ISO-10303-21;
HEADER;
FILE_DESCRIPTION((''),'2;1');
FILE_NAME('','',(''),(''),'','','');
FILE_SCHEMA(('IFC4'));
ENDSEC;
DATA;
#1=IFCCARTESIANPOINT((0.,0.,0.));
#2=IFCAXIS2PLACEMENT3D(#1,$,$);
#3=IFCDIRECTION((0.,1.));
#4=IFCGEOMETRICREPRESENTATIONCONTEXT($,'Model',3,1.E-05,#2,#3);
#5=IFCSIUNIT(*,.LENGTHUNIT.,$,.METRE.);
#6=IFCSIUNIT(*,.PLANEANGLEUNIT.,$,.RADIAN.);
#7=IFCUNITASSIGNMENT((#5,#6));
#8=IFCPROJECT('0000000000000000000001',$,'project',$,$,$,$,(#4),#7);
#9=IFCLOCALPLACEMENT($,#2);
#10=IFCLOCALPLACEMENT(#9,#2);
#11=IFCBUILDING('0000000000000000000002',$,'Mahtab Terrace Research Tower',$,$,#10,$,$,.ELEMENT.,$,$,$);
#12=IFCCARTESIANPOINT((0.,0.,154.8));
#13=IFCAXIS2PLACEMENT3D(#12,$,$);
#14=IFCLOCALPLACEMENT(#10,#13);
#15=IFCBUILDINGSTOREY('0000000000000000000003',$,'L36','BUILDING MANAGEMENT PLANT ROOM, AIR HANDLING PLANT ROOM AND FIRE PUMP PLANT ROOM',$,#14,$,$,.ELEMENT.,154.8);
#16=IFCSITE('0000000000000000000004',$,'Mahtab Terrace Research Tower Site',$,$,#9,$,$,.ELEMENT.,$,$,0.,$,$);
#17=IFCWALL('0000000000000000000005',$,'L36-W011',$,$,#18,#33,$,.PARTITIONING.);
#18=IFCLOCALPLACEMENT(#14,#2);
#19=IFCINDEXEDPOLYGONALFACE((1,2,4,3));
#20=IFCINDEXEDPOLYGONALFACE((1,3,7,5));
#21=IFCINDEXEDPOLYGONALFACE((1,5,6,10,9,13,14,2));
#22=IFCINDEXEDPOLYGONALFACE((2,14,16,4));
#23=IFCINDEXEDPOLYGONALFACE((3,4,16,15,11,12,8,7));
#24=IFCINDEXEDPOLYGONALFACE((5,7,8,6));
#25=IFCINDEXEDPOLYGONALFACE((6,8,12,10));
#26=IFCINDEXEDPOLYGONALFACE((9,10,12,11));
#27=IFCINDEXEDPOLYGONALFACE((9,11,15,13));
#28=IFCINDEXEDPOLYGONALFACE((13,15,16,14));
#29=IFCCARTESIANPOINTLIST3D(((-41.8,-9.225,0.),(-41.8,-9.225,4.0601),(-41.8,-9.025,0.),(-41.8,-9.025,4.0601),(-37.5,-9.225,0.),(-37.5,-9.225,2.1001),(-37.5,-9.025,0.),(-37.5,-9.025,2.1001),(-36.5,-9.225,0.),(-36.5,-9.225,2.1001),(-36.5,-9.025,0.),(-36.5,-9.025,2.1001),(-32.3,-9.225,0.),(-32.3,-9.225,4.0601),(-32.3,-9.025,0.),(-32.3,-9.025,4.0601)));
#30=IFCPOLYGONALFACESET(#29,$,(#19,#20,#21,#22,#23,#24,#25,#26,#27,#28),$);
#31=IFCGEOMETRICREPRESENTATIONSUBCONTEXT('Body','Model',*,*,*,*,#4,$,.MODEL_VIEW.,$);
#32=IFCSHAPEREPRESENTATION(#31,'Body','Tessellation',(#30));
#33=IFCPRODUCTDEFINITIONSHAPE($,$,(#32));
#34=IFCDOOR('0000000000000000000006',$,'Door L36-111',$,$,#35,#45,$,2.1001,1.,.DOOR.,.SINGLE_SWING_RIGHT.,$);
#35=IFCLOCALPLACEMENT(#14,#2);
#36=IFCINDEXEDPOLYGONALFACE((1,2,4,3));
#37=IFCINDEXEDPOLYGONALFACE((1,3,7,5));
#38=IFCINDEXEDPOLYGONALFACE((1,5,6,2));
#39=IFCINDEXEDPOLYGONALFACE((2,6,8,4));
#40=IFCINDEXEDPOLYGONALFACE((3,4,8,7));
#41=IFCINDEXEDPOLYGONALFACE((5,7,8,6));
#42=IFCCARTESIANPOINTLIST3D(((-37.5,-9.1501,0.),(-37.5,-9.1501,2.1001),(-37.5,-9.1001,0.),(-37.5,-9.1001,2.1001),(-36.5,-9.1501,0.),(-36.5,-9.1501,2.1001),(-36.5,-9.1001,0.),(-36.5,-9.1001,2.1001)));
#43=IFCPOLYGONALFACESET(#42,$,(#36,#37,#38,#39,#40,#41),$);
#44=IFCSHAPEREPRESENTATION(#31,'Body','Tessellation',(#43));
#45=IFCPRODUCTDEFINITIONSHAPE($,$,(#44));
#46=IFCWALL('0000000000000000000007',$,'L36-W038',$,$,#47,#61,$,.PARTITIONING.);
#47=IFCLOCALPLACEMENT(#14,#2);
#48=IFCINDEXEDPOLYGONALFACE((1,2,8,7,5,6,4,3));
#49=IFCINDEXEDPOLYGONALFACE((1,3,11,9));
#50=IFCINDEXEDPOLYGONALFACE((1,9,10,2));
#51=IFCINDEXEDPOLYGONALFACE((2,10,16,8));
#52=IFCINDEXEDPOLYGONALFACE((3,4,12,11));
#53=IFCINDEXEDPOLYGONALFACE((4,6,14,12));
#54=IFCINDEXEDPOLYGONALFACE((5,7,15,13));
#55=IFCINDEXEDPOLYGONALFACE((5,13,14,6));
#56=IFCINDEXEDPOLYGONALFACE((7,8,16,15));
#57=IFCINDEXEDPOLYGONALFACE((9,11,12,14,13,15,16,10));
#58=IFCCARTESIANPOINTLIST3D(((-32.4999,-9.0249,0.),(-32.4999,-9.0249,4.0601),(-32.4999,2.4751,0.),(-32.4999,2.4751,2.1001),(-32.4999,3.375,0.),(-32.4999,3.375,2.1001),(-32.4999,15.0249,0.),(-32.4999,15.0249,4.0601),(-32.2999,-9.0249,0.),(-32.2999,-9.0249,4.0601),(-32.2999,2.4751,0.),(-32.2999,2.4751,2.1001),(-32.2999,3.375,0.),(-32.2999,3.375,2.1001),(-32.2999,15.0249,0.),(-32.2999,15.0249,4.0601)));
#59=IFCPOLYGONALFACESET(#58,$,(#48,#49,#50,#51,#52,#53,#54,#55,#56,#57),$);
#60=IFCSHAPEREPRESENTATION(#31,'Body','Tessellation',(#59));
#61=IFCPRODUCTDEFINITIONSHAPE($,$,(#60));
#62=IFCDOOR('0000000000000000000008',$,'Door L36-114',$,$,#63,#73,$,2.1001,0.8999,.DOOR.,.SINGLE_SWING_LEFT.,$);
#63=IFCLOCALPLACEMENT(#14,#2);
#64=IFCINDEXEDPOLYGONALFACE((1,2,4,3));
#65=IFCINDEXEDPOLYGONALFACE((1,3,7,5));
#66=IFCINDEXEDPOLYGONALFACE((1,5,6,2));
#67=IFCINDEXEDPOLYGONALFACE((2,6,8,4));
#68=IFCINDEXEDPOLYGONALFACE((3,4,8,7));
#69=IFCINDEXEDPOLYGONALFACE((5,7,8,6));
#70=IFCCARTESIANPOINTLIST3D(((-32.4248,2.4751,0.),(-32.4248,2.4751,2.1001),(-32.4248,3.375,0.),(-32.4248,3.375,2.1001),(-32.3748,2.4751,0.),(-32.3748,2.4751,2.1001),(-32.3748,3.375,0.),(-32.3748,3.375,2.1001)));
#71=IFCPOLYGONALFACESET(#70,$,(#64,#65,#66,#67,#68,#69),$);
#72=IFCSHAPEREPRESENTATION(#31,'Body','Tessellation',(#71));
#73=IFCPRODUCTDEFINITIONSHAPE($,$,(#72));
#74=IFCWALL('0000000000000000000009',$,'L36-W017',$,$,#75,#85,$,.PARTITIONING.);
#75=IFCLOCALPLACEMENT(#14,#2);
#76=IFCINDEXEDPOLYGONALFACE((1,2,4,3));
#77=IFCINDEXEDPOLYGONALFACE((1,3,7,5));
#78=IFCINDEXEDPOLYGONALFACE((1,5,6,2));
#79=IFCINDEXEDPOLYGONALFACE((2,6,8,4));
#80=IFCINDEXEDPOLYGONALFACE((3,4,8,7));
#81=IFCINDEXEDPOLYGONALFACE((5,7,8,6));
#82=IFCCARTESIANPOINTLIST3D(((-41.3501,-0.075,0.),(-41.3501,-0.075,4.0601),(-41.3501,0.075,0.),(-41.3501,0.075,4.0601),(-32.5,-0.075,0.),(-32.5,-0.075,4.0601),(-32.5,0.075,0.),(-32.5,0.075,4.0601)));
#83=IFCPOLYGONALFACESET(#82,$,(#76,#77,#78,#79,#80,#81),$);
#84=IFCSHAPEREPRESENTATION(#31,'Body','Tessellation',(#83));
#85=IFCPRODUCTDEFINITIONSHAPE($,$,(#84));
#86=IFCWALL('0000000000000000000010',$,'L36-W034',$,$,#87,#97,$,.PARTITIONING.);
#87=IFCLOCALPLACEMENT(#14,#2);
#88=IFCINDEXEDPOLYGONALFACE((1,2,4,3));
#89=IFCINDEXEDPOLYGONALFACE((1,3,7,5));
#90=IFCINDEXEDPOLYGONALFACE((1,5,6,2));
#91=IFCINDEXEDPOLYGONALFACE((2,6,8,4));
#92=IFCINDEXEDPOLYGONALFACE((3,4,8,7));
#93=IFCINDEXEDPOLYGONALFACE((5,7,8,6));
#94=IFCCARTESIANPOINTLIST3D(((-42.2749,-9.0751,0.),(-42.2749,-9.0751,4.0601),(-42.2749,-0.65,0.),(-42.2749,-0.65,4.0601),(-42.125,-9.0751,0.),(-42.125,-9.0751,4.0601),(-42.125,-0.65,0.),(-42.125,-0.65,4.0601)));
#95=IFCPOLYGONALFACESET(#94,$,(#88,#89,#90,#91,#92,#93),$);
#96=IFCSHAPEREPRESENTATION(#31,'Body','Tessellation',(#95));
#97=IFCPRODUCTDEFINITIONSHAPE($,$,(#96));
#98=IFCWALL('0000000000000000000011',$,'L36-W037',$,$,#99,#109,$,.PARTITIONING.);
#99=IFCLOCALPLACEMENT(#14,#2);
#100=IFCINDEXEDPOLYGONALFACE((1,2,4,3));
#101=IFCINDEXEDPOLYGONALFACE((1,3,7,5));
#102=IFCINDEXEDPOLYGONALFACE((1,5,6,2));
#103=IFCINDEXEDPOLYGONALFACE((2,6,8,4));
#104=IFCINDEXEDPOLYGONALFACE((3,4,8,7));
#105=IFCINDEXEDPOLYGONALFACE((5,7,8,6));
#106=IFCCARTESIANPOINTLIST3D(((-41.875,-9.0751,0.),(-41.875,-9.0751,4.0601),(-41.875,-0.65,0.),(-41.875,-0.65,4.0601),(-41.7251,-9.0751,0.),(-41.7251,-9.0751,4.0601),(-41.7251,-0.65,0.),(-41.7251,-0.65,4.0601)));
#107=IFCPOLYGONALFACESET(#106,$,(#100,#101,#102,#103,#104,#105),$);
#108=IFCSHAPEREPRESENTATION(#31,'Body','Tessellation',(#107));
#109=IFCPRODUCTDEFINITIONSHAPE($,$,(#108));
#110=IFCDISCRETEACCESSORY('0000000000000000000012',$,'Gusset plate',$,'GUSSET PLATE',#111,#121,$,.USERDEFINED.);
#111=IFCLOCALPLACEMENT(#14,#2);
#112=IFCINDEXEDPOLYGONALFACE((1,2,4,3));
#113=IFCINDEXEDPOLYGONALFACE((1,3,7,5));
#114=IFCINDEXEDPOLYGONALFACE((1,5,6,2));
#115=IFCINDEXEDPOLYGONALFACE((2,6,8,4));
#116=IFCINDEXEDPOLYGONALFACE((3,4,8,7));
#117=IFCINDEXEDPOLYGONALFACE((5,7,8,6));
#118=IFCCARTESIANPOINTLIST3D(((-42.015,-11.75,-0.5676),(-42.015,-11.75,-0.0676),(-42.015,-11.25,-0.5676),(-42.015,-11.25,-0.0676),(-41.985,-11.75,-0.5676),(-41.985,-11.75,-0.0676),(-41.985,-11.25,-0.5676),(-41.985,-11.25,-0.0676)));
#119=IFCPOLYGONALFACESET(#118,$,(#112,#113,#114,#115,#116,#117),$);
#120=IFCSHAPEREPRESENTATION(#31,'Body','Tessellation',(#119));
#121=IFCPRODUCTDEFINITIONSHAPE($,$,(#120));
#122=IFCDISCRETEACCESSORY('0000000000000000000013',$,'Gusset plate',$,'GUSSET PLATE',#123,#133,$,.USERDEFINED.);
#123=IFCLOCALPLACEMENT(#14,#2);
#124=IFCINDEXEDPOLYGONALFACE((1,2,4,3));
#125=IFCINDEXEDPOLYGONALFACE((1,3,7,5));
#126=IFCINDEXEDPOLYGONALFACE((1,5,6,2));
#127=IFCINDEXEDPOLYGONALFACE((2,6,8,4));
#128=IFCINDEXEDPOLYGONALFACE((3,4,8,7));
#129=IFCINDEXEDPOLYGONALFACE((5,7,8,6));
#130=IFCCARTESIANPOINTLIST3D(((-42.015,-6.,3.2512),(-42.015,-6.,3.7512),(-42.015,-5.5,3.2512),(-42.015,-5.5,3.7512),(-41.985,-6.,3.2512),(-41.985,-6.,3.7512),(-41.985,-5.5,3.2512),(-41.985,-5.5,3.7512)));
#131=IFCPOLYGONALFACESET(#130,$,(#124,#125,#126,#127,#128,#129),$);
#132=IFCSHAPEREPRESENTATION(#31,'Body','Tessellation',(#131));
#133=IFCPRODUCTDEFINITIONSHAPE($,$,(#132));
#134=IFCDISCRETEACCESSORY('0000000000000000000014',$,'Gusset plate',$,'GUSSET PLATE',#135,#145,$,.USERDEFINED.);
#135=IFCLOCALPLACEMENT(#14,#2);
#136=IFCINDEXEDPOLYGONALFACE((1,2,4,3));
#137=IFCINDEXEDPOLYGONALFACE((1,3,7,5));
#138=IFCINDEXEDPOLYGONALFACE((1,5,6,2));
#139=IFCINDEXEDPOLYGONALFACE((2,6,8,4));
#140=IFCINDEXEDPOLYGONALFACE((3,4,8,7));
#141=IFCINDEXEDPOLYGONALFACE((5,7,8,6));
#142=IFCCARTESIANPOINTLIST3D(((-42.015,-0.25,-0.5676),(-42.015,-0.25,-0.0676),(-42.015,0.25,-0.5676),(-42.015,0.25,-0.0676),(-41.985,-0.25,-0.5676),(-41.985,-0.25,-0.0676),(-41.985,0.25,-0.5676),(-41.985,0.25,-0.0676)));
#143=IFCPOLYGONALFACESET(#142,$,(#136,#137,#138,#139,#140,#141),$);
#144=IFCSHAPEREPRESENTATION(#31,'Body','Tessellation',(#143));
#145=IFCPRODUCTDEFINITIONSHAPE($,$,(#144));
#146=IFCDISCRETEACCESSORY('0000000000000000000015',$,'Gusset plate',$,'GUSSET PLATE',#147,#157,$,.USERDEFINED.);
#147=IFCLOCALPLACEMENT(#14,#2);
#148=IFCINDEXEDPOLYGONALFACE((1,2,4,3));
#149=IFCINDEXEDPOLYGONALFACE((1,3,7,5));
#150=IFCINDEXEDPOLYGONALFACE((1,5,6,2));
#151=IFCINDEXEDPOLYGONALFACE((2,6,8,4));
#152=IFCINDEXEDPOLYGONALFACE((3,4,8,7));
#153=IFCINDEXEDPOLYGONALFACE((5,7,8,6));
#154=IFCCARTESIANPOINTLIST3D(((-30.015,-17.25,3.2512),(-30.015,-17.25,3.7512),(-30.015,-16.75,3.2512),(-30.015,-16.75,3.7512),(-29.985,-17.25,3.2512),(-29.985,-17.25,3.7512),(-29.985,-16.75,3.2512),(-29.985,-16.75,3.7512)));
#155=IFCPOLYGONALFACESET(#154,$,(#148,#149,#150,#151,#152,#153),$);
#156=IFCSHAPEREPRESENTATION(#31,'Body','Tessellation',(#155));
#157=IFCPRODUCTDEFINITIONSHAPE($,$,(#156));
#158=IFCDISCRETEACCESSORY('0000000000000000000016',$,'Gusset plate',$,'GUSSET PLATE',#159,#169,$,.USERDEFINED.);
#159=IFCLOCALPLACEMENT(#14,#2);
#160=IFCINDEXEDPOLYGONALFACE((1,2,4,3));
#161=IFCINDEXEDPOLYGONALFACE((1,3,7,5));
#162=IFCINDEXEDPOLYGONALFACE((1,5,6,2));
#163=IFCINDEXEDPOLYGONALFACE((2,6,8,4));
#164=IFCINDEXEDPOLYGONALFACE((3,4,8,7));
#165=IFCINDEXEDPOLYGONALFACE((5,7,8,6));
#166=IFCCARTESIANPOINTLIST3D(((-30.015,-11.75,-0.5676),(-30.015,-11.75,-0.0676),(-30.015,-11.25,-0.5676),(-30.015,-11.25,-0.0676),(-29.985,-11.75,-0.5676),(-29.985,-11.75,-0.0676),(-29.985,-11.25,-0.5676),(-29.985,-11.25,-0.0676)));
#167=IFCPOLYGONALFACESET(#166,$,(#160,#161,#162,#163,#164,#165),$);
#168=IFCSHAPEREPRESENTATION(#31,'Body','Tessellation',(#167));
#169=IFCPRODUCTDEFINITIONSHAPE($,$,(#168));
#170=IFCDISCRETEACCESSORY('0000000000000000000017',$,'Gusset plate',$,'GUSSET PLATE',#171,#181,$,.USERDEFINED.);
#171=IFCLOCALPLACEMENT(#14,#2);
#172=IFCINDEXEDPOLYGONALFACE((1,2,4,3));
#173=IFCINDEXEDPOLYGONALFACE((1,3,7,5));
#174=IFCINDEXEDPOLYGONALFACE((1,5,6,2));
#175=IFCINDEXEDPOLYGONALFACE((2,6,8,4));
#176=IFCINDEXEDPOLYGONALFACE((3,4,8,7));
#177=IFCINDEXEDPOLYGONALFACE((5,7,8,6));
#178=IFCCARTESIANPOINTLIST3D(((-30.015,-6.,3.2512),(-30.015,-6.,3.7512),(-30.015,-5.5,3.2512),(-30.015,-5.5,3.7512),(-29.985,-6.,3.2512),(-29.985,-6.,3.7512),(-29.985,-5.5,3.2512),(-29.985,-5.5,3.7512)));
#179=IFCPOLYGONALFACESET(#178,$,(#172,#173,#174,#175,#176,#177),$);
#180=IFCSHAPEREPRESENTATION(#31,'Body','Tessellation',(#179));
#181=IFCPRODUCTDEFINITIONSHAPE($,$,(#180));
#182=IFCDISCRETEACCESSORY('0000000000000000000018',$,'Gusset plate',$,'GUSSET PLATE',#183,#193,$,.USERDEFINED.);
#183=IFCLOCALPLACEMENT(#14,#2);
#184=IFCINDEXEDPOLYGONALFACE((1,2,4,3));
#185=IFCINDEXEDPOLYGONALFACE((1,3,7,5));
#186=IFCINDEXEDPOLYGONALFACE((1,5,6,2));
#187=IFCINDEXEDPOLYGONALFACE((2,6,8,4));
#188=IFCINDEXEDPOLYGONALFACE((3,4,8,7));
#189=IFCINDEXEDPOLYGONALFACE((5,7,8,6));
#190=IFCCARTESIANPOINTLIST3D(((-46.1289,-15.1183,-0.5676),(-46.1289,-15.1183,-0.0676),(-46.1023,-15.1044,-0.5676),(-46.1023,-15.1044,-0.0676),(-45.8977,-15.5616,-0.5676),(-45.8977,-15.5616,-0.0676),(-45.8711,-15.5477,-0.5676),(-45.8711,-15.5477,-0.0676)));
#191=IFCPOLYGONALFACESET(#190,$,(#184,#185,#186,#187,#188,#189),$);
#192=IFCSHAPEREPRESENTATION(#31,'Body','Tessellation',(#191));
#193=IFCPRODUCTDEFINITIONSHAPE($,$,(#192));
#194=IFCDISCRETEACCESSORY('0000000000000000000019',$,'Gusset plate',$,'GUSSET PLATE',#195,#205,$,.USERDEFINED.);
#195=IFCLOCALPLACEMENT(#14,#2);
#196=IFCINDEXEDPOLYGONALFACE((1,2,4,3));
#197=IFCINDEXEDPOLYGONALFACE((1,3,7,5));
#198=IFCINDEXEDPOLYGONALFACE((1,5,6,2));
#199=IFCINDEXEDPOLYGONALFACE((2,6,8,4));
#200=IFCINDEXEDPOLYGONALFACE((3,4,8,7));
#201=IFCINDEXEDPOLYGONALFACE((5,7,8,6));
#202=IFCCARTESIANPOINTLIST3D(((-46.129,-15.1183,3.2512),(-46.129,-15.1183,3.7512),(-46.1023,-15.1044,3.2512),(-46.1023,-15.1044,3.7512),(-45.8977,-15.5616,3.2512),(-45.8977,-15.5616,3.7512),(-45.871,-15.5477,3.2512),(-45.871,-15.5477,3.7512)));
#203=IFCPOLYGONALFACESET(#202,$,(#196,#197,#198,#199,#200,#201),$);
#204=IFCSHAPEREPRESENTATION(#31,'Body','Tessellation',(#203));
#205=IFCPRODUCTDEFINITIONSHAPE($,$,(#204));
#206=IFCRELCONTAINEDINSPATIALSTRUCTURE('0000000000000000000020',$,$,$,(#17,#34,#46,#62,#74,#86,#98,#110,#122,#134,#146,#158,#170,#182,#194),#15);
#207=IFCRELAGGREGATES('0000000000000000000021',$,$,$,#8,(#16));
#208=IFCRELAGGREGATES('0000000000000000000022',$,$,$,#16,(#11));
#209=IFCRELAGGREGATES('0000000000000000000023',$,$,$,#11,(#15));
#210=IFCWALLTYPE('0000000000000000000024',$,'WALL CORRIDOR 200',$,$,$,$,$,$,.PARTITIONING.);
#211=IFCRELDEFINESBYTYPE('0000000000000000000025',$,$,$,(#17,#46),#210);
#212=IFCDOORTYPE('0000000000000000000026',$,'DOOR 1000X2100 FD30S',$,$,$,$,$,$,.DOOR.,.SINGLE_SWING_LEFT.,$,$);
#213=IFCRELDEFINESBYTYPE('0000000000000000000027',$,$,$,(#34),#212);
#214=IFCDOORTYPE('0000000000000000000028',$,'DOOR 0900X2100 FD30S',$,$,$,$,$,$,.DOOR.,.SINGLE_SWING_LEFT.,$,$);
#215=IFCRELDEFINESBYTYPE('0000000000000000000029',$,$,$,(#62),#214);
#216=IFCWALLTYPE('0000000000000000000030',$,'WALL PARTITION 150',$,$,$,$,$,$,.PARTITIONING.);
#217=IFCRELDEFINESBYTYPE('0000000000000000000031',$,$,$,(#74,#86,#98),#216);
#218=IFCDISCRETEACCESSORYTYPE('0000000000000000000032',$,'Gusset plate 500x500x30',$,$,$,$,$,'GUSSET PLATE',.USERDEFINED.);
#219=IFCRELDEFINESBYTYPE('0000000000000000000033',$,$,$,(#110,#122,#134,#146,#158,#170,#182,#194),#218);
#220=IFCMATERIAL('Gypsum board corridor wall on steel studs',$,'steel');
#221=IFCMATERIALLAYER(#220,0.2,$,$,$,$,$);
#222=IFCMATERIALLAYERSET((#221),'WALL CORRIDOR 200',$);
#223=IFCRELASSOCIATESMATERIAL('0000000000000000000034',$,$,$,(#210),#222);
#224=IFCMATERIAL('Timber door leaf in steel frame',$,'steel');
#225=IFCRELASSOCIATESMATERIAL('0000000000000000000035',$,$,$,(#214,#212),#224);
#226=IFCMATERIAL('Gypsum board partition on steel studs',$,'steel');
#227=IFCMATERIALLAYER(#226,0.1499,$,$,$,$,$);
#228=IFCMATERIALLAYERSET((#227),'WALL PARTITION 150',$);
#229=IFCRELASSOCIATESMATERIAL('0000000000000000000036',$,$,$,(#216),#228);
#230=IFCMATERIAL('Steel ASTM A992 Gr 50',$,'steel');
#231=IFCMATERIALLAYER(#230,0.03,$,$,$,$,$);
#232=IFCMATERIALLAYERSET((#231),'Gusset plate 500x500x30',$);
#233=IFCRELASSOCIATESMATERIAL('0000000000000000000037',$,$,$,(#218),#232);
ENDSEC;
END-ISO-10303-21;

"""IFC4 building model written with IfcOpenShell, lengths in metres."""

from ifc_helpers import new_model, si_unit, direction, frame, frame_2d, origin, origin_2d, place, context, subcontext, project, spatial, rectangle, extrude, material, layer, layer_set, type_object, element, fill, save


model = new_model("IFC4")

# Units and contexts
model_context = context("Model", 3, precision=1e-05, world=origin(), true_north=direction((0.0, 1.0)))
body_context = subcontext(model_context, "Body", "Model", "MODEL_VIEW")
ifc_project = project(units=[si_unit("LENGTHUNIT", "METRE"), si_unit("PLANEANGLEUNIT", "RADIAN")], contexts=[model_context])

# Site, building, storey
site_placement = place(None, origin())
site = spatial("IfcSite", under=ifc_project, at=site_placement, Name="Mahtab Terrace Research Tower Site", CompositionType="ELEMENT", RefElevation=0.0)
building_placement = place(site_placement, origin())
building = spatial("IfcBuilding", under=site, at=building_placement, Name="Mahtab Terrace Research Tower", CompositionType="ELEMENT")
storey_placement = place(building_placement, frame((0.0, 0.0, 154.8)))
storey = spatial("IfcBuildingStorey", under=building, at=storey_placement, Name="L36", Description="BUILDING MANAGEMENT PLANT ROOM, AIR HANDLING PLANT ROOM AND FIRE PUMP PLANT ROOM", CompositionType="ELEMENT", Elevation=154.8)

# Shared definitions
ifc_material_1 = material(Name="Steel ASTM A992 Gr 50", Category="steel")

# Walls, openings, doors
ifc_material_2 = material(Name="Gypsum board corridor wall on steel studs", Category="steel")
ifc_layer_1 = layer(ifc_material_2, 0.2)
ifc_layer_set_1 = layer_set([ifc_layer_1], Name="WALL CORRIDOR 200")
wall_type_1 = type_object("IfcWallType", Name="WALL CORRIDOR 200", PredefinedType="PARTITIONING", material=ifc_layer_set_1)
ifc_material_3 = material(Name="Timber door leaf in steel frame", Category="steel")
door_type_1 = type_object("IfcDoorType", Name="DOOR 0900X2100 FD30S", OperationType="SINGLE_SWING_LEFT", PredefinedType="DOOR", material=ifc_material_3)
wall_1_placement = place(storey_placement, frame((-41.8, -9.125, 0.0), z_axis=(0.0, 0.0, 1.0), x_axis=(1.0, 0.0, 0.0)))
wall_1 = element("IfcWall", 1, at=wall_1_placement, inside=storey, type_object=wall_type_1, Name="L36-W011", PredefinedType="PARTITIONING", context=body_context, shape_type="SweptSolid", body=[
    extrude(rectangle(XDim=9.5, YDim=0.2, at=frame_2d((4.75, 0.0))), origin(), (0.0, 0.0, 1.0), 4.0601),
])
opening_1_placement = place(wall_1_placement, frame((4.3, 0.0, 0.0)))
opening_1 = element("IfcOpeningElement", 2, at=opening_1_placement, cuts=wall_1, PredefinedType="OPENING", context=body_context, shape_type="SweptSolid", body=[
    extrude(rectangle(XDim=1.0, YDim=2.1001, at=frame_2d((0.5, 1.05))), frame((0.0, 0.1099, 0.0), z_axis=(0.0, -1.0, 0.0), x_axis=(1.0, 0.0, 0.0)), (0.0, 0.0, 1.0), 0.22),
])
door_type_2 = type_object("IfcDoorType", Name="DOOR 1000X2100 FD30S", OperationType="SINGLE_SWING_LEFT", PredefinedType="DOOR", material=ifc_material_3)
door_1_placement = place(opening_1_placement, origin())
door_1 = element("IfcDoor", 3, at=door_1_placement, inside=storey, type_object=door_type_2, Name="Door L36-111", OperationType="SINGLE_SWING_RIGHT", OverallHeight=2.1001, OverallWidth=1.0, PredefinedType="DOOR", context=body_context, shape_type="SweptSolid", body=[
    extrude(rectangle(XDim=1.0, YDim=2.1001, at=frame_2d((0.5, 1.05))), frame((0.0, 0.0249, 0.0), z_axis=(0.0, -1.0, 0.0), x_axis=(1.0, 0.0, 0.0)), (0.0, 0.0, 1.0), 0.05),
])
fill(opening_1, door_1)
wall_2_placement = place(storey_placement, frame((-32.3999, -9.0249, 0.0), z_axis=(0.0, 0.0, 1.0), x_axis=(0.0, 1.0, 0.0)))
wall_2 = element("IfcWall", 4, at=wall_2_placement, inside=storey, type_object=wall_type_1, Name="L36-W038", PredefinedType="PARTITIONING", context=body_context, shape_type="SweptSolid", body=[
    extrude(rectangle(XDim=24.0498, YDim=0.2, at=frame_2d((12.0249, 0.0))), origin(), (0.0, 0.0, 1.0), 4.0601),
])
opening_2_placement = place(wall_2_placement, frame((11.5, 0.0, 0.0)))
opening_2 = element("IfcOpeningElement", 5, at=opening_2_placement, cuts=wall_2, PredefinedType="OPENING", context=body_context, shape_type="SweptSolid", body=[
    extrude(rectangle(XDim=0.8999, YDim=2.1001, at=frame_2d((0.45, 1.05))), frame((0.0, 0.1099, 0.0), z_axis=(0.0, -1.0, 0.0), x_axis=(1.0, 0.0, 0.0)), (0.0, 0.0, 1.0), 0.22),
])
door_2_placement = place(opening_2_placement, origin())
door_2 = element("IfcDoor", 6, at=door_2_placement, inside=storey, type_object=door_type_1, Name="Door L36-114", OperationType="SINGLE_SWING_LEFT", OverallHeight=2.1001, OverallWidth=0.8999, PredefinedType="DOOR", context=body_context, shape_type="SweptSolid", body=[
    extrude(rectangle(XDim=0.8999, YDim=2.1001, at=frame_2d((0.45, 1.05))), frame((0.0, 0.0249, 0.0), z_axis=(0.0, -1.0, 0.0), x_axis=(1.0, 0.0, 0.0)), (0.0, 0.0, 1.0), 0.05),
])
fill(opening_2, door_2)

# Walls
ifc_material_4 = material(Name="Gypsum board partition on steel studs", Category="steel")
ifc_layer_2 = layer(ifc_material_4, 0.1499)
ifc_layer_set_2 = layer_set([ifc_layer_2], Name="WALL PARTITION 150")
wall_type_2 = type_object("IfcWallType", Name="WALL PARTITION 150", PredefinedType="PARTITIONING", material=ifc_layer_set_2)
wall_3_placement = place(storey_placement, frame((-41.3501, 0.0, 0.0), z_axis=(0.0, 0.0, 1.0), x_axis=(1.0, 0.0, 0.0)))
element("IfcWall", 7, at=wall_3_placement, inside=storey, type_object=wall_type_2, Name="L36-W017", PredefinedType="PARTITIONING", context=body_context, shape_type="SweptSolid", body=[
    extrude(rectangle(XDim=8.8501, YDim=0.1499, at=frame_2d((4.425, 0.0))), origin(), (0.0, 0.0, 1.0), 4.0601),
])
for number, where, z_axis, x_axis, name in (
    (8, (-42.2, -9.075, 0.0), (0.0, 0.0, 1.0), (0.0, 1.0, 0.0), "L36-W034"),
    (9, (-41.8, -9.075, 0.0), (0.0, 0.0, 1.0), (0.0, 1.0, 0.0), "L36-W037"),
):
    element("IfcWall", number, at=place(storey_placement, frame(where, z_axis=z_axis, x_axis=x_axis)), inside=storey, type_object=wall_type_2, Name=name, PredefinedType="PARTITIONING", context=body_context, shape_type="SweptSolid", body=[
        extrude(rectangle(XDim=8.425, YDim=0.1499, at=frame_2d((4.2124, 0.0))), origin(), (0.0, 0.0, 1.0), 4.0601),
    ])

# Discrete accessories
ifc_layer_3 = layer(ifc_material_1, 0.03)
ifc_layer_set_3 = layer_set([ifc_layer_3], Name="Gusset plate 500x500x30")
discrete_accessory_type = type_object("IfcDiscreteAccessoryType", Name="Gusset plate 500x500x30", ElementType="GUSSET PLATE", PredefinedType="USERDEFINED", material=ifc_layer_set_3)
for number, where, z_axis, x_axis, name in (
    (10, (-42.0, -11.5, -0.5676), (0.0, 0.0, 1.0), (0.0, 1.0, 0.0), "Gusset plate"),
    (11, (-42.0, -5.75, 3.2512), (0.0, 0.0, 1.0), (0.0, 1.0, 0.0), "Gusset plate"),
    (12, (-42.0, 0.0, -0.5676), (0.0, 0.0, 1.0), (0.0, 1.0, 0.0), "Gusset plate"),
    (13, (-30.0, -17.0, 3.2512), (0.0, 0.0, 1.0), (0.0, 1.0, 0.0), "Gusset plate"),
    (14, (-30.0, -11.5, -0.5676), (0.0, 0.0, 1.0), (0.0, 1.0, 0.0), "Gusset plate"),
    (15, (-30.0, -5.75, 3.2512), (0.0, 0.0, 1.0), (0.0, 1.0, 0.0), "Gusset plate"),
    (16, (-46.0, -15.333, -0.5676), (0.0, 0.0, 1.0), (-0.462507, 0.886616, 0.0), "Gusset plate"),
    (17, (-46.0, -15.333, 3.2512), (0.0, 0.0, 1.0), (-0.4626, 0.886567, 0.0), "Gusset plate"),
):
    element("IfcDiscreteAccessory", number, at=place(storey_placement, frame(where, z_axis=z_axis, x_axis=x_axis)), inside=storey, type_object=discrete_accessory_type, Name=name, ObjectType="GUSSET PLATE", PredefinedType="USERDEFINED", context=body_context, shape_type="SweptSolid", body=[
        extrude(rectangle(XDim=0.5, YDim=0.03, at=origin_2d()), origin(), (0.0, 0.0, 1.0), 0.5),
    ])

save(model, "model.ifc")
